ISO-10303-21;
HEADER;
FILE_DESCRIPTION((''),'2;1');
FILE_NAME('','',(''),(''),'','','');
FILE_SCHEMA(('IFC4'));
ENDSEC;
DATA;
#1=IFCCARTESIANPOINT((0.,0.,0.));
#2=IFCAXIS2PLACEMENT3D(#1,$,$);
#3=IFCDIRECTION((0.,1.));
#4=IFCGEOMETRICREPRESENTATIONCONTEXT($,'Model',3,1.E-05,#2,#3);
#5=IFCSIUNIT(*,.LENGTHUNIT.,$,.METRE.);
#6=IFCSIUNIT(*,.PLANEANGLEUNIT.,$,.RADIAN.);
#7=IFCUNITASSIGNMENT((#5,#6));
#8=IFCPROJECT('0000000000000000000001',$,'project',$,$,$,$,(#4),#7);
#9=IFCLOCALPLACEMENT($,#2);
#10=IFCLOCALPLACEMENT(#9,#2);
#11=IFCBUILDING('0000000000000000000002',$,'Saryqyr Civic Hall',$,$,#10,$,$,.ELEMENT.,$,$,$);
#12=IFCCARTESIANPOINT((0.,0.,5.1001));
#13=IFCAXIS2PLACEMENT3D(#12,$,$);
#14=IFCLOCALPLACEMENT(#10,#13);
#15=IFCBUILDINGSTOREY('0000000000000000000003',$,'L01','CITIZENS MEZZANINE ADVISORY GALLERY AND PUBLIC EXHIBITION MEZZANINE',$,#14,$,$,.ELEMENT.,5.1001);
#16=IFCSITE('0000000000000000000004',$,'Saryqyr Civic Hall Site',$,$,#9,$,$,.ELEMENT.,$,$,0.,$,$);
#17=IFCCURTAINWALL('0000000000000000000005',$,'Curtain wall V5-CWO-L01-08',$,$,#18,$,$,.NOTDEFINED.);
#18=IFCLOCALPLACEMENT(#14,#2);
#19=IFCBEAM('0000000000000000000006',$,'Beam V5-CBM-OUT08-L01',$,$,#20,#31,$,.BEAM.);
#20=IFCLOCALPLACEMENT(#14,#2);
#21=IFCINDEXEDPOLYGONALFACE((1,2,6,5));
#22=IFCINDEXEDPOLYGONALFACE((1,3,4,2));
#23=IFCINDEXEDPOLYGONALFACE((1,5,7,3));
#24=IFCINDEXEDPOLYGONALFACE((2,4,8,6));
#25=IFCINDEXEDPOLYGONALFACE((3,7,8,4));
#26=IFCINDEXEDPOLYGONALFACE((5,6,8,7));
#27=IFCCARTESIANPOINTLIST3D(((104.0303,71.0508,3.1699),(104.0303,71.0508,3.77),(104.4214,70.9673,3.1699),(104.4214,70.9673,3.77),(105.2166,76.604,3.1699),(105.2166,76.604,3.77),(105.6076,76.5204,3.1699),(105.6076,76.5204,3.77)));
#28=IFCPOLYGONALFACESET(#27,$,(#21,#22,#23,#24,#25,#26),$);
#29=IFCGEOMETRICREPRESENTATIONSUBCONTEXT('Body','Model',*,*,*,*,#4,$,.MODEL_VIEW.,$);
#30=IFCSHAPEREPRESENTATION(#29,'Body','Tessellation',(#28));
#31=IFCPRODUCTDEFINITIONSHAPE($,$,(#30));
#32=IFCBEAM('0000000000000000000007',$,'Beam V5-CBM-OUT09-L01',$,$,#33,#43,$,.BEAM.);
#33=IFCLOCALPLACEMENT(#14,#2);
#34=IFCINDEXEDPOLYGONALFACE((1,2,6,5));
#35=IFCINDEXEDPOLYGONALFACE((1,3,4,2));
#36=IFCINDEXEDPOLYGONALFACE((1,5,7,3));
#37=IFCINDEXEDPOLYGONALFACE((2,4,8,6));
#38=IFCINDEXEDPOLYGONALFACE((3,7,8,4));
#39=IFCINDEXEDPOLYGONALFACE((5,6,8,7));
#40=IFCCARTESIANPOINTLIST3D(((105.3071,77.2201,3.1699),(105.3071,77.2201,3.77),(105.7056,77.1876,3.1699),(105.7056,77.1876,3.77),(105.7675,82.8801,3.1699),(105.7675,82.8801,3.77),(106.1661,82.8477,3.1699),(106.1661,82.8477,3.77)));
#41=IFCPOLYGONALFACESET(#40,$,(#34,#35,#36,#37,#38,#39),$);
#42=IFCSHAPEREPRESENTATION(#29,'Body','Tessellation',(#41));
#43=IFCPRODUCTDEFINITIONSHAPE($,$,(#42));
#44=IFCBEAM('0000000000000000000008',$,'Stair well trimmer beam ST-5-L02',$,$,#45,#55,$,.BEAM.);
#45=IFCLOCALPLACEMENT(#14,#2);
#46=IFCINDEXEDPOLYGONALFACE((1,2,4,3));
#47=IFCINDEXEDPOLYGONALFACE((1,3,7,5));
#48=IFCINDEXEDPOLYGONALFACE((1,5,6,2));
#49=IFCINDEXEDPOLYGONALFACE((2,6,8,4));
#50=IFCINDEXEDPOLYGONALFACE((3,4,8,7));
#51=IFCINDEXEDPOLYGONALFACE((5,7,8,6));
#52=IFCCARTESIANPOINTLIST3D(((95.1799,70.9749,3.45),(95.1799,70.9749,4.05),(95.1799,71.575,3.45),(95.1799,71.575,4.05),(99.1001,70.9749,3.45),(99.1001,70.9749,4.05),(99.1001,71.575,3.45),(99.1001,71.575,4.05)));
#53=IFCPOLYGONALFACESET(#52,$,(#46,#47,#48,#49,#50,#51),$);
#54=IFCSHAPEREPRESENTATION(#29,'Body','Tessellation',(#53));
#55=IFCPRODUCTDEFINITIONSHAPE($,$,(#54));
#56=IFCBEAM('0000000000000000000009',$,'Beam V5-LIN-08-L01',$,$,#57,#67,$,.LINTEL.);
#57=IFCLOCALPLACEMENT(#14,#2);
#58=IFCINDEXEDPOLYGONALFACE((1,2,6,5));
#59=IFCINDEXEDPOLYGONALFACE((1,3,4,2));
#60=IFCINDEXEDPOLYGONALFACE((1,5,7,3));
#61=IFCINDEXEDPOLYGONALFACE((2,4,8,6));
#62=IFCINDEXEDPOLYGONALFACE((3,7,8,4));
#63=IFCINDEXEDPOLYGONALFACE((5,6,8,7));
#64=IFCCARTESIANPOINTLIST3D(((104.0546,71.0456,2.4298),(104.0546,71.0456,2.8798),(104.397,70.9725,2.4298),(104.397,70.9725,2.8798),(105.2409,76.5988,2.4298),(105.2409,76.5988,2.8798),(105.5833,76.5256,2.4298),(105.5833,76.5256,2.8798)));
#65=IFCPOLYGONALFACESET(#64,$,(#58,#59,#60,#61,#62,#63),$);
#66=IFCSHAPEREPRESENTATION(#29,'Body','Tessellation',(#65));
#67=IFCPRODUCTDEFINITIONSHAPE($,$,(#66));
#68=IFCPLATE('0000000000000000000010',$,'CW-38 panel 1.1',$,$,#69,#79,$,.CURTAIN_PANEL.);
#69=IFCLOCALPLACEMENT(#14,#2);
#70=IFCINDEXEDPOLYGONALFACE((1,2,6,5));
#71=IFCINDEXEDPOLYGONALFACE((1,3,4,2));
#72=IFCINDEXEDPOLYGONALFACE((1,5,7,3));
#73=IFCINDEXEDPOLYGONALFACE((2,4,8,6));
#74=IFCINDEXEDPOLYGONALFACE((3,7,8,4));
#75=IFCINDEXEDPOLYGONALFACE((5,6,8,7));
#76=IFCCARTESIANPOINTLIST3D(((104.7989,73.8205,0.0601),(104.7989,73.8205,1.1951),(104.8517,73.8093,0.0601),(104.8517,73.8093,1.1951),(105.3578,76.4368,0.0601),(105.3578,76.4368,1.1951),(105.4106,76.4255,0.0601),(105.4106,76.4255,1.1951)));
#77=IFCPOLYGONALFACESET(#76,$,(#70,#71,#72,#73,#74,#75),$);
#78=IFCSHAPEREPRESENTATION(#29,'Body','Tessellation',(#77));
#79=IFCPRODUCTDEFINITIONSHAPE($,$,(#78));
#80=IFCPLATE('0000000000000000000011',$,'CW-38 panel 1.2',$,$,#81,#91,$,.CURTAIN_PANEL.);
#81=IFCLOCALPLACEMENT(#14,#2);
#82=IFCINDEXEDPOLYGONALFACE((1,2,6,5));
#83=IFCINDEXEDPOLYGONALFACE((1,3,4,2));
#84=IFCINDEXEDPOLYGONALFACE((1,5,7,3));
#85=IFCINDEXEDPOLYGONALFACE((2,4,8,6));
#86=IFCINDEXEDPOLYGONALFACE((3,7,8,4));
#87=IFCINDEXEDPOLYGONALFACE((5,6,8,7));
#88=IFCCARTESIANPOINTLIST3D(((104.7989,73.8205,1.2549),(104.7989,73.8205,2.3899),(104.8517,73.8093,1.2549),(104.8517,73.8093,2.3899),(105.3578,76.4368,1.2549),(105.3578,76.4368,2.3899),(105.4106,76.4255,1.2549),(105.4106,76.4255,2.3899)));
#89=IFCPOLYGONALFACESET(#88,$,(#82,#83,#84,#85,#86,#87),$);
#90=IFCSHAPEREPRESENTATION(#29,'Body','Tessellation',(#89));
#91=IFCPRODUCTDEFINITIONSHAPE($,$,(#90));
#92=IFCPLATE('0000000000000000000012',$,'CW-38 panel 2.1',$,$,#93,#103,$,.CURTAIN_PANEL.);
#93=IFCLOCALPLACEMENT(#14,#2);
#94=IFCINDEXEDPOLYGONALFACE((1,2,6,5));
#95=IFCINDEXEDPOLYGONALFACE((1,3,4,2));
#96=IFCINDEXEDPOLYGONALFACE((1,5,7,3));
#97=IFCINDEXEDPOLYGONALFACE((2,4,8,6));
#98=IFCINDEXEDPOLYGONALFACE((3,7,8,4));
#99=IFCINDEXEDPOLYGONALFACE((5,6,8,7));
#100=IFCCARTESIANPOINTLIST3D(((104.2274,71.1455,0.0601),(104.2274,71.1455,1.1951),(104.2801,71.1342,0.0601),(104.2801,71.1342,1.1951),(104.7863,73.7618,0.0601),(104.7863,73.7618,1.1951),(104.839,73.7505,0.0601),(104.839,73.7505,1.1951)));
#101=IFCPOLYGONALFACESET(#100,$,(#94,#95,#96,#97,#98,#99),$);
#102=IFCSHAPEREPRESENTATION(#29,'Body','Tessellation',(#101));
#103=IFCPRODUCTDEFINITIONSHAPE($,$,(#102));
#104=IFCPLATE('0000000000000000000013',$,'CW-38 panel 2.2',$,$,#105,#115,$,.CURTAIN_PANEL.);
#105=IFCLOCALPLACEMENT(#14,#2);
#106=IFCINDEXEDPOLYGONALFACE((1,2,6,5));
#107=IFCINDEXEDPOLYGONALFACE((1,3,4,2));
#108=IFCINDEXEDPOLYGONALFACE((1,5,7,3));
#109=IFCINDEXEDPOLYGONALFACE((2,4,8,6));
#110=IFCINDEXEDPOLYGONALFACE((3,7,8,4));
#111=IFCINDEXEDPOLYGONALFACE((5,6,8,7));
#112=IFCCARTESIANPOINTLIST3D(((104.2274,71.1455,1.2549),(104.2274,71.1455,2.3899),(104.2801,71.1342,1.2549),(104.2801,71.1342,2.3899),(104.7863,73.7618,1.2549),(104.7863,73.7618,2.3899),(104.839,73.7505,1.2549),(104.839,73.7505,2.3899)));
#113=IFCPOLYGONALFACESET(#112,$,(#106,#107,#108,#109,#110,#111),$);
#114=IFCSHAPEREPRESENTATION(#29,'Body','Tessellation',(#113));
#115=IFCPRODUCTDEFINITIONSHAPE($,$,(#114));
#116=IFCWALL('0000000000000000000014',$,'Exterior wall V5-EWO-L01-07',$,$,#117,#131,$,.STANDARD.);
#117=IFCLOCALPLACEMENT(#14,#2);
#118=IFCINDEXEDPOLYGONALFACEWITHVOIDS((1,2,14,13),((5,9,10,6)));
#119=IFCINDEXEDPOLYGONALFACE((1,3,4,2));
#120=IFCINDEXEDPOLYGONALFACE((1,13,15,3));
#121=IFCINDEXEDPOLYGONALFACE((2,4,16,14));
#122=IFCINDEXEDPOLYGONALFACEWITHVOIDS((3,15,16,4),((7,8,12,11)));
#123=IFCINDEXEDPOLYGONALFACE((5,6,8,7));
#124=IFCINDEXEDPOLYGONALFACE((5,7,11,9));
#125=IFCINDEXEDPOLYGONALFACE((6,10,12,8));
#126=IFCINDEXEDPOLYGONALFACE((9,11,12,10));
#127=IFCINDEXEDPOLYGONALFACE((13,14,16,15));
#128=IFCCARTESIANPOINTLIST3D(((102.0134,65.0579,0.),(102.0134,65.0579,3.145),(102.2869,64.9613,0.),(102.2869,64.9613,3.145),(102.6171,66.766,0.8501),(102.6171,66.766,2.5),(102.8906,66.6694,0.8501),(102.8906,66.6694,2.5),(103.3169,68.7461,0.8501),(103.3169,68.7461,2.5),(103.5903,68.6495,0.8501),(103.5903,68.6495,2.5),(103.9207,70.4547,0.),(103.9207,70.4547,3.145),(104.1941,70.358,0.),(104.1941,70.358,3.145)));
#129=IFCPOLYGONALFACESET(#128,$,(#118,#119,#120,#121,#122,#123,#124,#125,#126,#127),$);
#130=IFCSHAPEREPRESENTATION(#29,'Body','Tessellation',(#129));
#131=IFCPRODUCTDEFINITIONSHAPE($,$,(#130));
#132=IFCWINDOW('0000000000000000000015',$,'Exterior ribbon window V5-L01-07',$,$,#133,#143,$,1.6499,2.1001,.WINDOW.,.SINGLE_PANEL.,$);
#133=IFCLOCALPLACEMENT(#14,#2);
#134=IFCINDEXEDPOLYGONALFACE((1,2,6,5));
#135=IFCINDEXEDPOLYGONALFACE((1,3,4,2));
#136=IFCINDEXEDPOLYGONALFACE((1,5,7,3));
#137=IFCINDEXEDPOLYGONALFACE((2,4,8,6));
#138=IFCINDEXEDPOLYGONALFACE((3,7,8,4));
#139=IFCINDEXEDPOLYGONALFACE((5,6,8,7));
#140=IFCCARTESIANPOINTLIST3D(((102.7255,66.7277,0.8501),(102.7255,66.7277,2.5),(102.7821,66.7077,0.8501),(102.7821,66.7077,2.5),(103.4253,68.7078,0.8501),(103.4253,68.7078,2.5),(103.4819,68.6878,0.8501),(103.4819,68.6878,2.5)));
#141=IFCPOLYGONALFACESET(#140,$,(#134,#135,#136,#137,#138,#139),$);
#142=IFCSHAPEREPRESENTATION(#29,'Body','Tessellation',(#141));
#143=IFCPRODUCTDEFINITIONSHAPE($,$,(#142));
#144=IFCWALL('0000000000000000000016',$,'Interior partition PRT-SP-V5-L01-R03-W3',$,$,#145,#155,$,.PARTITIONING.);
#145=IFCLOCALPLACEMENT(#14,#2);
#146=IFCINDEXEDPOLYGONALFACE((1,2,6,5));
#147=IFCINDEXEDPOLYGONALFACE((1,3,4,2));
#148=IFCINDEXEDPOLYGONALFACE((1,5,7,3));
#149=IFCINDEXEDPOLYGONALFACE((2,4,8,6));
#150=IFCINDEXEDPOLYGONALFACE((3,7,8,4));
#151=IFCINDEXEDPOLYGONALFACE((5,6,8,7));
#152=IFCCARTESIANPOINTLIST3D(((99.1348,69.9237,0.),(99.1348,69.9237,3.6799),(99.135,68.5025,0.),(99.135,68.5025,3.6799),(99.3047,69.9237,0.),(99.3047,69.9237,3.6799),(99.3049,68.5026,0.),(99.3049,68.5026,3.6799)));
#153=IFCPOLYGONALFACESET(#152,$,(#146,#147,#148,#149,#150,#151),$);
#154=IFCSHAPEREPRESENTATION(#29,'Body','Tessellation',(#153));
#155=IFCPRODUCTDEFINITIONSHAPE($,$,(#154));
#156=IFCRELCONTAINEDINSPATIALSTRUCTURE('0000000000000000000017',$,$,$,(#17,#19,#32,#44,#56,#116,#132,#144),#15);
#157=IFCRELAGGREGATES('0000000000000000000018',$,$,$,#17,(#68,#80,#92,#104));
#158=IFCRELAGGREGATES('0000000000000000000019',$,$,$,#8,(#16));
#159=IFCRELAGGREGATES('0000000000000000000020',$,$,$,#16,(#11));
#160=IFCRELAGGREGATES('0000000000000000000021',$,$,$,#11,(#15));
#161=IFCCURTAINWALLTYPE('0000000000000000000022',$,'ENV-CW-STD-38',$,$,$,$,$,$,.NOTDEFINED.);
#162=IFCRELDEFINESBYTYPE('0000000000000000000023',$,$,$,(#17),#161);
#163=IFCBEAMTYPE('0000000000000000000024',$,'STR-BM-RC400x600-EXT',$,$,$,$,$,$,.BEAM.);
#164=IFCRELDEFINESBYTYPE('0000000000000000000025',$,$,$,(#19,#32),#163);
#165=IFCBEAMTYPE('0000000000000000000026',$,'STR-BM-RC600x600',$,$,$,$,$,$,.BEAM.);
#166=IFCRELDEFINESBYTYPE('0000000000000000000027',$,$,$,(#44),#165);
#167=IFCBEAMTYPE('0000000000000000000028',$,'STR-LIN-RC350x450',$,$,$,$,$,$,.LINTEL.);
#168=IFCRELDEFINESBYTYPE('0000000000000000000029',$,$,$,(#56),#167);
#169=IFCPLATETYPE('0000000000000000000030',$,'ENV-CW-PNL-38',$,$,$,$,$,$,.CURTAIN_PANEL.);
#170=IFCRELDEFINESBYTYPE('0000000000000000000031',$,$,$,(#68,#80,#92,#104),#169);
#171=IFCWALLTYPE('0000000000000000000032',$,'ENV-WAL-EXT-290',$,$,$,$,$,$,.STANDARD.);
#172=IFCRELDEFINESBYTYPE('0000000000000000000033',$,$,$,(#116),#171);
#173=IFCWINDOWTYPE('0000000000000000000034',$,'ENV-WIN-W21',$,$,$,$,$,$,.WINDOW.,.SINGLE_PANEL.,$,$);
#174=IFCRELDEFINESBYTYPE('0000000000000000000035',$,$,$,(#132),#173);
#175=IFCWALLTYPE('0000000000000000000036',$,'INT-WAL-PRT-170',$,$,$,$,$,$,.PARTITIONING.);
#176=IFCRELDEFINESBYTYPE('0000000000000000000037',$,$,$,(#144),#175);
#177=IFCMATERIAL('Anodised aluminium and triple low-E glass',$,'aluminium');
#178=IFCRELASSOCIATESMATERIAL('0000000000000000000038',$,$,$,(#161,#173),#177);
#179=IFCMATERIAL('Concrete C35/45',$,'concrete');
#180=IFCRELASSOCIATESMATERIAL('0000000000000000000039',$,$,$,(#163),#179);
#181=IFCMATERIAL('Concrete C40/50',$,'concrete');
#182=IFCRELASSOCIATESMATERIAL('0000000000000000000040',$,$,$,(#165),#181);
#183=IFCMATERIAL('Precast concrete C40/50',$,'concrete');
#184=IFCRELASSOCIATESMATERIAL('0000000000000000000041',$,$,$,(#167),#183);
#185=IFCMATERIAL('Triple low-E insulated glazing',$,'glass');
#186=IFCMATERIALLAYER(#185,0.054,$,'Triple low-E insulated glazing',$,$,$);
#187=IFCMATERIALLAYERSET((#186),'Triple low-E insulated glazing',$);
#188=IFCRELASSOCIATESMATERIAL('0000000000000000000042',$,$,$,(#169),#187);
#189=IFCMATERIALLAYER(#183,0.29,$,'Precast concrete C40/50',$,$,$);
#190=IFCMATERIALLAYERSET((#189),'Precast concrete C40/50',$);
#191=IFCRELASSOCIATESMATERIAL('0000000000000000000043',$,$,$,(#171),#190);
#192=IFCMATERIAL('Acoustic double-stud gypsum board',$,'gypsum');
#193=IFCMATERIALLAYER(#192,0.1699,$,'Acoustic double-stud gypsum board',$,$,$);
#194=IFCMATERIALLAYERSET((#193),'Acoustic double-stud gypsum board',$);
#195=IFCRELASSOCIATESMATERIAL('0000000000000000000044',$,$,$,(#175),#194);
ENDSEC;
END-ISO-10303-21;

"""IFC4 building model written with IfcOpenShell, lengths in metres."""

from ifc_helpers import new_model, si_unit, direction, frame, frame_2d, origin, origin_2d, place, context, subcontext, project, spatial, rectangle, extrude, material, layer, layer_set, material_profile, profile_set, type_object, element, fill, aggregate, save


model = new_model("IFC4")

# Units and contexts
model_context = context("Model", 3, precision=1e-05, world=origin(), true_north=direction((0.0, 1.0)))
body_context = subcontext(model_context, "Body", "Model", "MODEL_VIEW")
ifc_project = project(units=[si_unit("LENGTHUNIT", "METRE"), si_unit("PLANEANGLEUNIT", "RADIAN")], contexts=[model_context])

# Site, building, storey
site_placement = place(None, origin())
site = spatial("IfcSite", under=ifc_project, at=site_placement, Name="Saryqyr Civic Hall Site", CompositionType="ELEMENT", RefElevation=0.0)
building_placement = place(site_placement, origin())
building = spatial("IfcBuilding", under=site, at=building_placement, Name="Saryqyr Civic Hall", CompositionType="ELEMENT")
storey_placement = place(building_placement, frame((0.0, 0.0, 5.1001)))
storey = spatial("IfcBuildingStorey", under=building, at=storey_placement, Name="L01", Description="CITIZENS MEZZANINE ADVISORY GALLERY AND PUBLIC EXHIBITION MEZZANINE", CompositionType="ELEMENT", Elevation=5.1001)

# Shared definitions
ifc_material_1 = material(Name="Concrete C40/50", Category="concrete")

# Curtain wall
ifc_material_2 = material(Name="Anodised aluminium and triple low-E glass", Category="aluminium")
curtain_wall_type = type_object("IfcCurtainWallType", Name="ENV-CW-STD-38", PredefinedType="NOTDEFINED", material=ifc_material_2)
curtain_wall_placement = place(storey_placement, origin())
curtain_wall = element("IfcCurtainWall", 1, at=curtain_wall_placement, inside=storey, type_object=curtain_wall_type, Name="Curtain wall V5-CWO-L01-08", PredefinedType="NOTDEFINED")

# Beams
ifc_material_3 = material(Name="Concrete C35/45", Category="concrete")
ifc_material_profile_1 = material_profile(ifc_material_3, rectangle(XDim=0.3999, YDim=0.6001, at=origin_2d()), Name="RC 400x600")
ifc_profile_set_1 = profile_set([ifc_material_profile_1], Name="Concrete C35/45")
beam_type_1 = type_object("IfcBeamType", Name="STR-BM-RC400x600-EXT", PredefinedType="BEAM", material=ifc_profile_set_1)
beam_1_placement = place(storey_placement, frame((104.2258, 71.009, 3.47), z_axis=(0.208907, 0.977936, 0.0), x_axis=(-0.977936, 0.208907, 0.0)))
element("IfcBeam", 2, at=beam_1_placement, inside=storey, type_object=beam_type_1, Name="Beam V5-CBM-OUT08-L01", PredefinedType="BEAM", context=body_context, shape_type="SweptSolid", body=[
    extrude(rectangle(XDim=0.3999, YDim=0.6001, at=origin_2d()), origin(), (0.0, 0.0, 1.0), 5.6785),
])
beam_2_placement = place(storey_placement, frame((105.5063, 77.2039, 3.47), z_axis=(0.081085, 0.996707, 0.0), x_axis=(-0.996707, 0.081085, 0.0)))
element("IfcBeam", 3, at=beam_2_placement, inside=storey, type_object=beam_type_1, Name="Beam V5-CBM-OUT09-L01", PredefinedType="BEAM", context=body_context, shape_type="SweptSolid", body=[
    extrude(rectangle(XDim=0.3999, YDim=0.6001, at=origin_2d()), origin(), (0.0, 0.0, 1.0), 5.6787),
])
ifc_material_profile_2 = material_profile(ifc_material_1, rectangle(XDim=0.6001, YDim=0.6001, at=origin_2d()), Name="RC 600x600")
ifc_profile_set_2 = profile_set([ifc_material_profile_2], Name="Concrete C40/50")
beam_type_2 = type_object("IfcBeamType", Name="STR-BM-RC600x600", PredefinedType="BEAM", material=ifc_profile_set_2)
beam_3_placement = place(storey_placement, frame((99.1001, 71.2749, 3.75), z_axis=(-1.0, 0.0, 0.0), x_axis=(0.0, -1.0, 0.0)))
element("IfcBeam", 4, at=beam_3_placement, inside=storey, type_object=beam_type_2, Name="Stair well trimmer beam ST-5-L02", PredefinedType="BEAM", context=body_context, shape_type="SweptSolid", body=[
    extrude(rectangle(XDim=0.6001, YDim=0.6001, at=origin_2d()), origin(), (0.0, 0.0, 1.0), 3.9202),
])
ifc_material_4 = material(Name="Precast concrete C40/50", Category="concrete")
ifc_material_profile_3 = material_profile(ifc_material_4, rectangle(XDim=0.3501, YDim=0.45, at=origin_2d()), Name="RC 350x450")
ifc_profile_set_3 = profile_set([ifc_material_profile_3], Name="Precast concrete C40/50")
beam_type_3 = type_object("IfcBeamType", Name="STR-LIN-RC350x450", PredefinedType="LINTEL", material=ifc_profile_set_3)
beam_4_placement = place(storey_placement, frame((104.2258, 71.009, 2.6548), z_axis=(0.208907, 0.977936, 0.0), x_axis=(-0.977936, 0.208907, 0.0)))
element("IfcBeam", 5, at=beam_4_placement, inside=storey, type_object=beam_type_3, Name="Beam V5-LIN-08-L01", PredefinedType="LINTEL", context=body_context, shape_type="SweptSolid", body=[
    extrude(rectangle(XDim=0.3501, YDim=0.45, at=origin_2d()), origin(), (0.0, 0.0, 1.0), 5.6785),
])

# Plates
ifc_material_5 = material(Name="Triple low-E insulated glazing", Category="glass")
ifc_layer_1 = layer(ifc_material_5, 0.054, Name="Triple low-E insulated glazing")
ifc_layer_set_1 = layer_set([ifc_layer_1], Name="Triple low-E insulated glazing")
plate_type = type_object("IfcPlateType", Name="ENV-CW-PNL-38", PredefinedType="CURTAIN_PANEL", material=ifc_layer_set_1)
plate_1_placement = place(storey_placement, frame((105.1047, 75.123, 0.0601), z_axis=(0.0, 0.0, 1.0), x_axis=(-0.208902, -0.977937, 0.0)))
plate_1 = element("IfcPlate", 6, at=plate_1_placement, type_object=plate_type, Name="CW-38 panel 1.1", PredefinedType="CURTAIN_PANEL", context=body_context, shape_type="SweptSolid", body=[
    extrude(rectangle(XDim=2.6753, YDim=0.054, at=origin_2d()), origin(), (0.0, 0.0, 1.0), 1.135),
])
plate_2_placement = place(storey_placement, frame((105.1047, 75.123, 1.2549), z_axis=(0.0, 0.0, 1.0), x_axis=(-0.208902, -0.977937, 0.0)))
plate_2 = element("IfcPlate", 7, at=plate_2_placement, type_object=plate_type, Name="CW-38 panel 1.2", PredefinedType="CURTAIN_PANEL", context=body_context, shape_type="SweptSolid", body=[
    extrude(rectangle(XDim=2.6753, YDim=0.054, at=origin_2d()), origin(), (0.0, 0.0, 1.0), 1.135),
])
plate_3_placement = place(storey_placement, frame((104.5332, 72.448, 0.0601), z_axis=(0.0, 0.0, 1.0), x_axis=(-0.208902, -0.977937, 0.0)))
plate_3 = element("IfcPlate", 8, at=plate_3_placement, type_object=plate_type, Name="CW-38 panel 2.1", PredefinedType="CURTAIN_PANEL", context=body_context, shape_type="SweptSolid", body=[
    extrude(rectangle(XDim=2.6753, YDim=0.054, at=origin_2d()), origin(), (0.0, 0.0, 1.0), 1.135),
])
plate_4_placement = place(storey_placement, frame((104.5332, 72.448, 1.2549), z_axis=(0.0, 0.0, 1.0), x_axis=(-0.208902, -0.977937, 0.0)))
plate_4 = element("IfcPlate", 9, at=plate_4_placement, type_object=plate_type, Name="CW-38 panel 2.2", PredefinedType="CURTAIN_PANEL", context=body_context, shape_type="SweptSolid", body=[
    extrude(rectangle(XDim=2.6753, YDim=0.054, at=origin_2d()), origin(), (0.0, 0.0, 1.0), 1.135),
])
aggregate(curtain_wall, [plate_1, plate_2, plate_3, plate_4])

# Wall, opening, window
ifc_layer_2 = layer(ifc_material_4, 0.29, Name="Precast concrete C40/50")
ifc_layer_set_2 = layer_set([ifc_layer_2], Name="Precast concrete C40/50")
wall_type_1 = type_object("IfcWallType", Name="ENV-WAL-EXT-290", PredefinedType="STANDARD", material=ifc_layer_set_2)
wall_1_placement = place(storey_placement, frame((104.0574, 70.4062, 0.0), z_axis=(0.0, 0.0, 1.0), x_axis=(-0.333208, -0.942853, 0.0)))
wall_1 = element("IfcWall", 10, at=wall_1_placement, inside=storey, type_object=wall_type_1, Name="Exterior wall V5-EWO-L01-07", PredefinedType="STANDARD", context=body_context, shape_type="SweptSolid", body=[
    extrude(rectangle(XDim=5.7239, YDim=0.29, at=frame_2d((2.8618, 0.0))), origin(), (0.0, 0.0, 1.0), 3.145),
])
opening_1_placement = place(wall_1_placement, frame((1.812, 0.0, 0.8501)))
opening_1 = element("IfcOpeningElement", 11, at=opening_1_placement, cuts=wall_1, PredefinedType="OPENING", context=body_context, shape_type="SweptSolid", body=[
    extrude(rectangle(XDim=2.1001, YDim=1.6499, at=frame_2d((1.05, 0.825))), frame((0.0, 0.155, 0.0), z_axis=(0.0, -1.0, 0.0), x_axis=(1.0, 0.0, 0.0)), (0.0, 0.0, 1.0), 0.3101),
])
window_type = type_object("IfcWindowType", Name="ENV-WIN-W21", PartitioningType="SINGLE_PANEL", PredefinedType="WINDOW", material=ifc_material_2)
window_placement = place(opening_1_placement, origin())
window = element("IfcWindow", 12, at=window_placement, inside=storey, type_object=window_type, Name="Exterior ribbon window V5-L01-07", OverallHeight=1.6499, OverallWidth=2.1001, PartitioningType="SINGLE_PANEL", PredefinedType="WINDOW", context=body_context, shape_type="SweptSolid", body=[
    extrude(rectangle(XDim=2.1001, YDim=1.6499, at=frame_2d((1.05, 0.825))), frame((0.0, 0.03, 0.0), z_axis=(0.0, -1.0, 0.0), x_axis=(1.0, 0.0, 0.0)), (0.0, 0.0, 1.0), 0.0601),
])
fill(opening_1, window)

# Wall
ifc_material_6 = material(Name="Acoustic double-stud gypsum board", Category="gypsum")
ifc_layer_3 = layer(ifc_material_6, 0.1699, Name="Acoustic double-stud gypsum board")
ifc_layer_set_3 = layer_set([ifc_layer_3], Name="Acoustic double-stud gypsum board")
wall_type_2 = type_object("IfcWallType", Name="INT-WAL-PRT-170", PredefinedType="PARTITIONING", material=ifc_layer_set_3)
wall_2_placement = place(storey_placement, frame((99.22, 68.5027, 0.0), z_axis=(0.0, 0.0, 1.0), x_axis=(-0.000172, 1.0, 0.0)))
element("IfcWall", 13, at=wall_2_placement, inside=storey, type_object=wall_type_2, Name="Interior partition PRT-SP-V5-L01-R03-W3", PredefinedType="PARTITIONING", context=body_context, shape_type="SweptSolid", body=[
    extrude(rectangle(XDim=1.4211, YDim=0.1699, at=frame_2d((0.7104, 0.0))), origin(), (0.0, 0.0, 1.0), 3.6799),
])

save(model, "model.ifc")
